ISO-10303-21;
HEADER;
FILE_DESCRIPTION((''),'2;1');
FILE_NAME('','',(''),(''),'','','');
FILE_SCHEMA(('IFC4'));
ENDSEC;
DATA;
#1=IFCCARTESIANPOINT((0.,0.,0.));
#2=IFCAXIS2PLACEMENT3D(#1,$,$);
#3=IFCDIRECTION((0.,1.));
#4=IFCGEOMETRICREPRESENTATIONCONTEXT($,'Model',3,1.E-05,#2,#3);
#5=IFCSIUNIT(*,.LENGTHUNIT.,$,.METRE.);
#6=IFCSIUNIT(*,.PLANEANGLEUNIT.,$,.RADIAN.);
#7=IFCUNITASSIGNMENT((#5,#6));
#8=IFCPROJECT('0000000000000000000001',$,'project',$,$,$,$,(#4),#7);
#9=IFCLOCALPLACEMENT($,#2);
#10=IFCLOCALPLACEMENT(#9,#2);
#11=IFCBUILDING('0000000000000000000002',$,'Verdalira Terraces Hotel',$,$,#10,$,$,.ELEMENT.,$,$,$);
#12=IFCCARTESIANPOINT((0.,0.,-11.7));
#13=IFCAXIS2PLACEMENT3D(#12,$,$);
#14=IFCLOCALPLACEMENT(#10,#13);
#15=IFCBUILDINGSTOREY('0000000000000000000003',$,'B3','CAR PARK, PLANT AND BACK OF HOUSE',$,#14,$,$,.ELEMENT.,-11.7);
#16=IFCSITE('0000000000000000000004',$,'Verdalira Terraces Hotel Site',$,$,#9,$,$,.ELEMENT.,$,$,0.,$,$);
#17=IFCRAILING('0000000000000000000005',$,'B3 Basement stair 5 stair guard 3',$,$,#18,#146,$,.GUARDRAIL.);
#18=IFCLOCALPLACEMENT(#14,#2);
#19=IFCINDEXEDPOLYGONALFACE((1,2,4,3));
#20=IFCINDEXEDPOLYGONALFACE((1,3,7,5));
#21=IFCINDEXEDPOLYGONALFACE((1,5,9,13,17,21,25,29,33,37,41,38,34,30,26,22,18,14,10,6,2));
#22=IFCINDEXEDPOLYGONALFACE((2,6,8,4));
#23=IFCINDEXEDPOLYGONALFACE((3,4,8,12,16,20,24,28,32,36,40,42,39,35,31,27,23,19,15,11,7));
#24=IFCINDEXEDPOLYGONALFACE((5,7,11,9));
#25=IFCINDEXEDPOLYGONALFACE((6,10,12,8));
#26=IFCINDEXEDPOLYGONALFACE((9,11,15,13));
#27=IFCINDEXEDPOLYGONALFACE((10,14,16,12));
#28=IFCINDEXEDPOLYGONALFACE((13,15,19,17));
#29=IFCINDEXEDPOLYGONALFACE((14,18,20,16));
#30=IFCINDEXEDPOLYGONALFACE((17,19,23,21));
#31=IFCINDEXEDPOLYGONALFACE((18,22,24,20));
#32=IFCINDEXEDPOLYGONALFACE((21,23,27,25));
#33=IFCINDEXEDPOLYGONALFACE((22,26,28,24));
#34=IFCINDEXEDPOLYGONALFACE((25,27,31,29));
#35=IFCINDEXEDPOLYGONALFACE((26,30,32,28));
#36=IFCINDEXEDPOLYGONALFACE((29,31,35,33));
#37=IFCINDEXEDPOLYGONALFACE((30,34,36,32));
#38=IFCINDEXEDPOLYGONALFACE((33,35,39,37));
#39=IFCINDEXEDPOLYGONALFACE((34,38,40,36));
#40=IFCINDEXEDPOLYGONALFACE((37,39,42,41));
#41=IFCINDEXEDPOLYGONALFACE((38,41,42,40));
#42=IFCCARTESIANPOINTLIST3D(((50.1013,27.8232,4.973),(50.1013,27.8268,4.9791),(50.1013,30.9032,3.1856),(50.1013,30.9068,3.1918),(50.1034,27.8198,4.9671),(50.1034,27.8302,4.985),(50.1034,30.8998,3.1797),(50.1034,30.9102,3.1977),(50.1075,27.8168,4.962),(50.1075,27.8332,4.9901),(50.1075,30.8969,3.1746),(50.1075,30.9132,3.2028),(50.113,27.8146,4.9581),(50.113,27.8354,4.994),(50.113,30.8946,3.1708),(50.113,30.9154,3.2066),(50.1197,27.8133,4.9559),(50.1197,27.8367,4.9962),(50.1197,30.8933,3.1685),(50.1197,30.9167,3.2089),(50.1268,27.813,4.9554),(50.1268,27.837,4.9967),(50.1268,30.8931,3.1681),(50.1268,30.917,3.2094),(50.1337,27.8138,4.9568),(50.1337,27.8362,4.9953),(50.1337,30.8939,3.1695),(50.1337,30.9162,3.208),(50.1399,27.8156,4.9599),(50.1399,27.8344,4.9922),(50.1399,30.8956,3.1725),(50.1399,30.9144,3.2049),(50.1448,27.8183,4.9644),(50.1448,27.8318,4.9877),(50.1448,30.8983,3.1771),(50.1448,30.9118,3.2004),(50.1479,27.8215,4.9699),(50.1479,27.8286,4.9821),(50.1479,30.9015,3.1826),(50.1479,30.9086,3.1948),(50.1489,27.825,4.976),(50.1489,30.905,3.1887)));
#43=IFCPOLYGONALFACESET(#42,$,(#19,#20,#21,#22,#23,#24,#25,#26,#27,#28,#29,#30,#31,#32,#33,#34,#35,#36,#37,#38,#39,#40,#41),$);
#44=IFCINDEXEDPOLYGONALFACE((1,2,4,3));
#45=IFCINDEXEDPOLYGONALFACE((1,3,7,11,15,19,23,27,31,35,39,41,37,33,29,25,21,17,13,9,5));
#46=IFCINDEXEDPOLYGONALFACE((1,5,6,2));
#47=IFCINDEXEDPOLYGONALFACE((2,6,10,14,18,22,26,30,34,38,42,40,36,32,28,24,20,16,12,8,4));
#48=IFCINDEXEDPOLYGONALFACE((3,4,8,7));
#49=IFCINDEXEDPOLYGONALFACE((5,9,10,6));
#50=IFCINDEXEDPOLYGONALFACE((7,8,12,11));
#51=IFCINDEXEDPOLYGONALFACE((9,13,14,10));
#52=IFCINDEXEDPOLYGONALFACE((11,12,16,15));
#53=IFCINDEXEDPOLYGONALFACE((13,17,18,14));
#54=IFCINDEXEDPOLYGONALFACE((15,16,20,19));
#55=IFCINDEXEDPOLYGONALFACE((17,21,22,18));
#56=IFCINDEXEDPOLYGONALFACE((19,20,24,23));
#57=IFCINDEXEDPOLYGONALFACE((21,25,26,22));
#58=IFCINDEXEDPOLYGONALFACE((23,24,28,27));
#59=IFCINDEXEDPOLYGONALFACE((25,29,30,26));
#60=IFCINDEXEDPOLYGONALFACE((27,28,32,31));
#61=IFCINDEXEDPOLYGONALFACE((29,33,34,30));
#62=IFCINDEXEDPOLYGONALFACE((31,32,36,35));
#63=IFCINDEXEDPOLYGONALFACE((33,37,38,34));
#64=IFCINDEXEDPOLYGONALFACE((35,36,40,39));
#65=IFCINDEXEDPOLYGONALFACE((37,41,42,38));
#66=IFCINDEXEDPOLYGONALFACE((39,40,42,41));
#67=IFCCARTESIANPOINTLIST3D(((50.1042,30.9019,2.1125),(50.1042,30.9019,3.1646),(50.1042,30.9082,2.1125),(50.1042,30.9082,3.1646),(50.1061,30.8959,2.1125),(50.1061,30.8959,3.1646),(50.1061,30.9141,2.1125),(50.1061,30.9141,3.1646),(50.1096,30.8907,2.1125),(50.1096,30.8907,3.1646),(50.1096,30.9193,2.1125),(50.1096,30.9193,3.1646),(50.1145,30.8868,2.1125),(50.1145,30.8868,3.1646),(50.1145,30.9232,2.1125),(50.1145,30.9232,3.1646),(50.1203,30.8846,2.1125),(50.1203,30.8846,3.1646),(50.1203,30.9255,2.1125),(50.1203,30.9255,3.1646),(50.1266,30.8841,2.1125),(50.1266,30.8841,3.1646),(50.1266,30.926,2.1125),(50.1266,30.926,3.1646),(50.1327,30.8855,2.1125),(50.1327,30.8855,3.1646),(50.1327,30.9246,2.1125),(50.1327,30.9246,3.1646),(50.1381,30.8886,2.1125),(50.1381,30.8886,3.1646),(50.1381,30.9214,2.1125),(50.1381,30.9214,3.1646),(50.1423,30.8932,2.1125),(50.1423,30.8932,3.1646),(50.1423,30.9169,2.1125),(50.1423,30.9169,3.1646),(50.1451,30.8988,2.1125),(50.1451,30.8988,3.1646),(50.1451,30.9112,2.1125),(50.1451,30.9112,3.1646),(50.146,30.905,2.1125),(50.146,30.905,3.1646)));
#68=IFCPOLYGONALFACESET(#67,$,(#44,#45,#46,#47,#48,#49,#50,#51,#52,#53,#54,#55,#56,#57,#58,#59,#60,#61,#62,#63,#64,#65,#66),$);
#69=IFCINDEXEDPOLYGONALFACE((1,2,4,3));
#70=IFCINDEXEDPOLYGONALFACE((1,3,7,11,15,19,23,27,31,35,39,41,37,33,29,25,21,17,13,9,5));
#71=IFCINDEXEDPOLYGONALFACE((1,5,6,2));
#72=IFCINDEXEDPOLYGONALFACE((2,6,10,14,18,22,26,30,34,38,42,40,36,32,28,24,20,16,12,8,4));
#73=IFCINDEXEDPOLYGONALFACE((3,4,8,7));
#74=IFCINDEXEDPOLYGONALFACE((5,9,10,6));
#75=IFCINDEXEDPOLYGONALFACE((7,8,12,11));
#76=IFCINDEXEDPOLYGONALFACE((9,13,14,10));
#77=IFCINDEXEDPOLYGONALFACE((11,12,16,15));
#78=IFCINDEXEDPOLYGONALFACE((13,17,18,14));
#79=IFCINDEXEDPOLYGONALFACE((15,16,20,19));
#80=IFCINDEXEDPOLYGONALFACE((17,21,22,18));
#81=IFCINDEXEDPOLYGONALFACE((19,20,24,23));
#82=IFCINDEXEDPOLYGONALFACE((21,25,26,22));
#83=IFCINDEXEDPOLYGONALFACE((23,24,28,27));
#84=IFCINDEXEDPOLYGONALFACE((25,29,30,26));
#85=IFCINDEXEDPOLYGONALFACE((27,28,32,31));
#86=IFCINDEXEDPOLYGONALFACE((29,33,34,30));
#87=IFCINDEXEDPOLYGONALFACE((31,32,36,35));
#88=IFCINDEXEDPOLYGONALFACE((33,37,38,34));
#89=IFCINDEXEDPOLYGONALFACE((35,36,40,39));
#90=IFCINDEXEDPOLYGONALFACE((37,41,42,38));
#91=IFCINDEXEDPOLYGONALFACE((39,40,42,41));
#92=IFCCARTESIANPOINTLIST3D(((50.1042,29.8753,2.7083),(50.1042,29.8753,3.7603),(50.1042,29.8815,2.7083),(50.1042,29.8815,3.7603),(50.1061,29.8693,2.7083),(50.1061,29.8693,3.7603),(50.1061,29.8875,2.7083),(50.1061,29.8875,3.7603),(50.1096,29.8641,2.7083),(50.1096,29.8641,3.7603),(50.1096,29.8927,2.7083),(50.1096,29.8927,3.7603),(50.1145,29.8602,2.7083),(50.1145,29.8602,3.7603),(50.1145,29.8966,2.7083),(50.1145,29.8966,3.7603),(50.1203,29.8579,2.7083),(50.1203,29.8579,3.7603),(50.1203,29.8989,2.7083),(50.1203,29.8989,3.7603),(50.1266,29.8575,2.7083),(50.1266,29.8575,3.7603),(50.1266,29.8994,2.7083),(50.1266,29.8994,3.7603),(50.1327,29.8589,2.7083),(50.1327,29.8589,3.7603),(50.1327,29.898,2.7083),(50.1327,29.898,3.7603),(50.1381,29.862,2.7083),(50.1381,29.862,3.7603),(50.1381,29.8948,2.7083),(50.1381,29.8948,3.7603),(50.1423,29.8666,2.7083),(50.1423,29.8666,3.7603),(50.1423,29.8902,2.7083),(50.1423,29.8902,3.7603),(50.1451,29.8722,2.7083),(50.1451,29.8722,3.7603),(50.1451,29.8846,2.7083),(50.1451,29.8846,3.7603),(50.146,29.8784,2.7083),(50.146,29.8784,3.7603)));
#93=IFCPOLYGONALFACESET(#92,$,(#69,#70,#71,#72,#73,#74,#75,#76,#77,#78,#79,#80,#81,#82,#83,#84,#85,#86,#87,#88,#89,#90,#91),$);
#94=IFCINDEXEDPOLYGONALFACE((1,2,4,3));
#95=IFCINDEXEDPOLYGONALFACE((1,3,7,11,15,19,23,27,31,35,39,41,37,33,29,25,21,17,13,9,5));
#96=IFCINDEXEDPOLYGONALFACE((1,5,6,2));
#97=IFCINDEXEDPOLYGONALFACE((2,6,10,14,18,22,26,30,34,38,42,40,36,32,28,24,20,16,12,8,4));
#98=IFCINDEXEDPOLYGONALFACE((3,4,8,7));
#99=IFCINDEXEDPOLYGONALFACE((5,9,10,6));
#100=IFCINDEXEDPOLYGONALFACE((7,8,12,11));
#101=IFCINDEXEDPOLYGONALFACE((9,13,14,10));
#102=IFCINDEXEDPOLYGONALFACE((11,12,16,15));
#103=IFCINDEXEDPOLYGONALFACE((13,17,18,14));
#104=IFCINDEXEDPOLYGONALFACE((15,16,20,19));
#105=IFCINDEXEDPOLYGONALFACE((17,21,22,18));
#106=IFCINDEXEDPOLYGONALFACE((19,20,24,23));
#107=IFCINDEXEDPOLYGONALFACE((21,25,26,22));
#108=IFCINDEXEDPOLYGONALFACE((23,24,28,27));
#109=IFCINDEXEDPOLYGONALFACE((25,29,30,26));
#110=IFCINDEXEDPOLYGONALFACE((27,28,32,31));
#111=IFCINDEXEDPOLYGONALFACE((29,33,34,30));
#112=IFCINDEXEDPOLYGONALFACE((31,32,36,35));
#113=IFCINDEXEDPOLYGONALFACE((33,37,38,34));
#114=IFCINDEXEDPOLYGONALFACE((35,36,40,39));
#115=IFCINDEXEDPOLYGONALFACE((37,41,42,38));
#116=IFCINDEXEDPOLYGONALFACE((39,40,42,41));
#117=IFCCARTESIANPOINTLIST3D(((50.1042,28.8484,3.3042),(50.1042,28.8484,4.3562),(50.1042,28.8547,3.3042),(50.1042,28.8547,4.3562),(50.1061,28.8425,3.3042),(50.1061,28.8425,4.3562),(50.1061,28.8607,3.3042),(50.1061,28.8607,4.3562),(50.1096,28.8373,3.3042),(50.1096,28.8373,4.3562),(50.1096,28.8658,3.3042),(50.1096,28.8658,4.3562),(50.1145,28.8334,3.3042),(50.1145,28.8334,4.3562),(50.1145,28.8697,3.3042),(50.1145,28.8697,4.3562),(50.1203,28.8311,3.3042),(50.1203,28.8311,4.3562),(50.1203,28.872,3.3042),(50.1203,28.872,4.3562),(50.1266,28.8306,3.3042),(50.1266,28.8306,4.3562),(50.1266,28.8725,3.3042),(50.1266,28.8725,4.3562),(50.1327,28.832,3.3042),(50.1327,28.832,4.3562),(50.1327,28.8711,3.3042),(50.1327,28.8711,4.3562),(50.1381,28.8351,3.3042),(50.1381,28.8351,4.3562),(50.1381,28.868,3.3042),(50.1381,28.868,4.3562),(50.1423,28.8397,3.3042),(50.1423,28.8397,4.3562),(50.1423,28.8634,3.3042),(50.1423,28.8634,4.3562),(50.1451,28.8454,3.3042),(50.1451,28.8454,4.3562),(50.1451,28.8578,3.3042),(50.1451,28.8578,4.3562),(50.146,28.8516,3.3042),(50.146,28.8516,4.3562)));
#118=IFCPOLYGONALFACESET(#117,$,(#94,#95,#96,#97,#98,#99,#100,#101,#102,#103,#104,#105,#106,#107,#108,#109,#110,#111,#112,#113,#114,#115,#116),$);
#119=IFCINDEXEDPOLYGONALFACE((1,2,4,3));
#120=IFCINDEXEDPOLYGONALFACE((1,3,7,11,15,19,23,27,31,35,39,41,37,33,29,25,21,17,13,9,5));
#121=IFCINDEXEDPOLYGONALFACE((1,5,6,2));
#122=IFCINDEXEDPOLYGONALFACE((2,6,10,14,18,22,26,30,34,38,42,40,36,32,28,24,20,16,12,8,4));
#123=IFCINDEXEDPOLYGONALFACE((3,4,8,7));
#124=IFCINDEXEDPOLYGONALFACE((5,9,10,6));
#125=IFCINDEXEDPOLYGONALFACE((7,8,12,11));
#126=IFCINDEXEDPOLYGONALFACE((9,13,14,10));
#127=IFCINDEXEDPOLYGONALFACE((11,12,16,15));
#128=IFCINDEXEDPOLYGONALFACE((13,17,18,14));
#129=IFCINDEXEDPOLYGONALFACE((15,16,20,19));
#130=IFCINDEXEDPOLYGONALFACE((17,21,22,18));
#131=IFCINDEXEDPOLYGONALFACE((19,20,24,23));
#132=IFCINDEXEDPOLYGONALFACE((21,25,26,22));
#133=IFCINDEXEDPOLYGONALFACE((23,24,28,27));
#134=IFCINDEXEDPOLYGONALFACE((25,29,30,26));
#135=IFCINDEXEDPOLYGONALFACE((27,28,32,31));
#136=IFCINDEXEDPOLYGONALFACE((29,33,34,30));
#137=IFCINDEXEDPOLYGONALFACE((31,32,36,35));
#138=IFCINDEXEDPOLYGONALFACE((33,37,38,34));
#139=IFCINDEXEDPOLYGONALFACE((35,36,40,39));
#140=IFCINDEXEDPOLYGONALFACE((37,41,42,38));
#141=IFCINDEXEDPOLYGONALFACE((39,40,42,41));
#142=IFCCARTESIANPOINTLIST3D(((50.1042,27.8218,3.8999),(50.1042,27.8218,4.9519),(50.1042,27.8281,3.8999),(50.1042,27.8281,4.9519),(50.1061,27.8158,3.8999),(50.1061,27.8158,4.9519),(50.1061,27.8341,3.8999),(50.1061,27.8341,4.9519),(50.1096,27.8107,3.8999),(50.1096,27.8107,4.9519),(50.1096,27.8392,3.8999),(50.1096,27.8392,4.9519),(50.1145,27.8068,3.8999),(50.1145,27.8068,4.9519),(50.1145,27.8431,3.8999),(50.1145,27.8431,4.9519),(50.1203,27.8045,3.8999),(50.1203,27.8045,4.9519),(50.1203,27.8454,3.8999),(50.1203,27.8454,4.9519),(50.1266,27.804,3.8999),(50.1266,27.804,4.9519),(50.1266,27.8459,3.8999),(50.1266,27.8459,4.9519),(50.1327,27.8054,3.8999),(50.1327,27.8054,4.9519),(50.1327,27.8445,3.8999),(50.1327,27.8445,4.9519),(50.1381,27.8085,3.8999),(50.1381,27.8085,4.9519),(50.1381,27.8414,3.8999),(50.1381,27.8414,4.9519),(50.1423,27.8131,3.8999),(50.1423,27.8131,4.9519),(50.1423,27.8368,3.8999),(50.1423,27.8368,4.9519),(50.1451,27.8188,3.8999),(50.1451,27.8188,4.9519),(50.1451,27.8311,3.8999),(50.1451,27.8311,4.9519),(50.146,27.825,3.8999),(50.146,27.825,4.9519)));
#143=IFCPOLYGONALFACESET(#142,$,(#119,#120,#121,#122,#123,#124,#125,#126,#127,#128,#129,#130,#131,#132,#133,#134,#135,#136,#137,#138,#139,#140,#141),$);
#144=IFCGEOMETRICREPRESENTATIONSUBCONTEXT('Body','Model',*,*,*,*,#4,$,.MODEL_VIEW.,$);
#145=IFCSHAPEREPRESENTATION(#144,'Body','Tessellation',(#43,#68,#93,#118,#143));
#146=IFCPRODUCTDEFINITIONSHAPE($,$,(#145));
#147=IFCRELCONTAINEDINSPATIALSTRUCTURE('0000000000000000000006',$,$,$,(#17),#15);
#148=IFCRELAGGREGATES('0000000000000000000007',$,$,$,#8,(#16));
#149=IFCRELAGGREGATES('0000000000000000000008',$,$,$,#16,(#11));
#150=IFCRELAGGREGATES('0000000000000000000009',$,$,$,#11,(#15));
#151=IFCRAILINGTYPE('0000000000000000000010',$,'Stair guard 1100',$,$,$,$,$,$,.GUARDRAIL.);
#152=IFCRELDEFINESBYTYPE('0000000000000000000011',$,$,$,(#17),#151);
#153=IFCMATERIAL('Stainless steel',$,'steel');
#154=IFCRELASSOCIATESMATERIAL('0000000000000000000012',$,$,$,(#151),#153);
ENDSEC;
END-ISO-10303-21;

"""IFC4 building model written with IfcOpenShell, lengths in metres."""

from ifc_helpers import new_model, si_unit, direction, frame, origin, origin_2d, place, context, subcontext, project, spatial, circle, extrude, material, type_object, element, save


model = new_model("IFC4")

# Units and contexts
model_context = context("Model", 3, precision=1e-05, world=origin(), true_north=direction((0.0, 1.0)))
body_context = subcontext(model_context, "Body", "Model", "MODEL_VIEW")
ifc_project = project(units=[si_unit("LENGTHUNIT", "METRE"), si_unit("PLANEANGLEUNIT", "RADIAN")], contexts=[model_context])

# Site, building, storey
site_placement = place(None, origin())
site = spatial("IfcSite", under=ifc_project, at=site_placement, Name="Verdalira Terraces Hotel Site", CompositionType="ELEMENT", RefElevation=0.0)
building_placement = place(site_placement, origin())
building = spatial("IfcBuilding", under=site, at=building_placement, Name="Verdalira Terraces Hotel", CompositionType="ELEMENT")
storey_placement = place(building_placement, frame((0.0, 0.0, -11.7)))
storey = spatial("IfcBuildingStorey", under=building, at=storey_placement, Name="B3", Description="CAR PARK, PLANT AND BACK OF HOUSE", CompositionType="ELEMENT", Elevation=-11.7)

# Railing
ifc_material_1 = material(Name="Stainless steel", Category="steel")
railing_type_1 = type_object("IfcRailingType", Name="Stair guard 1100", PredefinedType="GUARDRAIL", material=ifc_material_1)
railing_1_placement = place(storey_placement, frame((50.125, 30.905, 2.1125)))
element("IfcRailing", 1, at=railing_1_placement, inside=storey, type_object=railing_type_1, Name="B3 Basement stair 5 stair guard 3", PredefinedType="GUARDRAIL", context=body_context, shape_type="SweptSolid", body=[
    extrude(circle(Radius=0.0239, at=origin_2d()), frame((0.0, 0.0, 1.0762), z_axis=(0.0, -0.86492, 0.501909), x_axis=(1.0, 0.0, 0.0)), (0.0, 0.0, 1.0), 3.561),
    extrude(circle(Radius=0.021, at=origin_2d()), origin(), (0.0, 0.0, 1.0), 1.052),
    extrude(circle(Radius=0.021, at=origin_2d()), frame((0.0, -1.0266, 0.5957)), (0.0, 0.0, 1.0), 1.052),
    extrude(circle(Radius=0.021, at=origin_2d()), frame((0.0, -2.0535, 1.1917)), (0.0, 0.0, 1.0), 1.052),
    extrude(circle(Radius=0.021, at=origin_2d()), frame((0.0, -3.0801, 1.7874)), (0.0, 0.0, 1.0), 1.052),
])

save(model, "model.ifc")
